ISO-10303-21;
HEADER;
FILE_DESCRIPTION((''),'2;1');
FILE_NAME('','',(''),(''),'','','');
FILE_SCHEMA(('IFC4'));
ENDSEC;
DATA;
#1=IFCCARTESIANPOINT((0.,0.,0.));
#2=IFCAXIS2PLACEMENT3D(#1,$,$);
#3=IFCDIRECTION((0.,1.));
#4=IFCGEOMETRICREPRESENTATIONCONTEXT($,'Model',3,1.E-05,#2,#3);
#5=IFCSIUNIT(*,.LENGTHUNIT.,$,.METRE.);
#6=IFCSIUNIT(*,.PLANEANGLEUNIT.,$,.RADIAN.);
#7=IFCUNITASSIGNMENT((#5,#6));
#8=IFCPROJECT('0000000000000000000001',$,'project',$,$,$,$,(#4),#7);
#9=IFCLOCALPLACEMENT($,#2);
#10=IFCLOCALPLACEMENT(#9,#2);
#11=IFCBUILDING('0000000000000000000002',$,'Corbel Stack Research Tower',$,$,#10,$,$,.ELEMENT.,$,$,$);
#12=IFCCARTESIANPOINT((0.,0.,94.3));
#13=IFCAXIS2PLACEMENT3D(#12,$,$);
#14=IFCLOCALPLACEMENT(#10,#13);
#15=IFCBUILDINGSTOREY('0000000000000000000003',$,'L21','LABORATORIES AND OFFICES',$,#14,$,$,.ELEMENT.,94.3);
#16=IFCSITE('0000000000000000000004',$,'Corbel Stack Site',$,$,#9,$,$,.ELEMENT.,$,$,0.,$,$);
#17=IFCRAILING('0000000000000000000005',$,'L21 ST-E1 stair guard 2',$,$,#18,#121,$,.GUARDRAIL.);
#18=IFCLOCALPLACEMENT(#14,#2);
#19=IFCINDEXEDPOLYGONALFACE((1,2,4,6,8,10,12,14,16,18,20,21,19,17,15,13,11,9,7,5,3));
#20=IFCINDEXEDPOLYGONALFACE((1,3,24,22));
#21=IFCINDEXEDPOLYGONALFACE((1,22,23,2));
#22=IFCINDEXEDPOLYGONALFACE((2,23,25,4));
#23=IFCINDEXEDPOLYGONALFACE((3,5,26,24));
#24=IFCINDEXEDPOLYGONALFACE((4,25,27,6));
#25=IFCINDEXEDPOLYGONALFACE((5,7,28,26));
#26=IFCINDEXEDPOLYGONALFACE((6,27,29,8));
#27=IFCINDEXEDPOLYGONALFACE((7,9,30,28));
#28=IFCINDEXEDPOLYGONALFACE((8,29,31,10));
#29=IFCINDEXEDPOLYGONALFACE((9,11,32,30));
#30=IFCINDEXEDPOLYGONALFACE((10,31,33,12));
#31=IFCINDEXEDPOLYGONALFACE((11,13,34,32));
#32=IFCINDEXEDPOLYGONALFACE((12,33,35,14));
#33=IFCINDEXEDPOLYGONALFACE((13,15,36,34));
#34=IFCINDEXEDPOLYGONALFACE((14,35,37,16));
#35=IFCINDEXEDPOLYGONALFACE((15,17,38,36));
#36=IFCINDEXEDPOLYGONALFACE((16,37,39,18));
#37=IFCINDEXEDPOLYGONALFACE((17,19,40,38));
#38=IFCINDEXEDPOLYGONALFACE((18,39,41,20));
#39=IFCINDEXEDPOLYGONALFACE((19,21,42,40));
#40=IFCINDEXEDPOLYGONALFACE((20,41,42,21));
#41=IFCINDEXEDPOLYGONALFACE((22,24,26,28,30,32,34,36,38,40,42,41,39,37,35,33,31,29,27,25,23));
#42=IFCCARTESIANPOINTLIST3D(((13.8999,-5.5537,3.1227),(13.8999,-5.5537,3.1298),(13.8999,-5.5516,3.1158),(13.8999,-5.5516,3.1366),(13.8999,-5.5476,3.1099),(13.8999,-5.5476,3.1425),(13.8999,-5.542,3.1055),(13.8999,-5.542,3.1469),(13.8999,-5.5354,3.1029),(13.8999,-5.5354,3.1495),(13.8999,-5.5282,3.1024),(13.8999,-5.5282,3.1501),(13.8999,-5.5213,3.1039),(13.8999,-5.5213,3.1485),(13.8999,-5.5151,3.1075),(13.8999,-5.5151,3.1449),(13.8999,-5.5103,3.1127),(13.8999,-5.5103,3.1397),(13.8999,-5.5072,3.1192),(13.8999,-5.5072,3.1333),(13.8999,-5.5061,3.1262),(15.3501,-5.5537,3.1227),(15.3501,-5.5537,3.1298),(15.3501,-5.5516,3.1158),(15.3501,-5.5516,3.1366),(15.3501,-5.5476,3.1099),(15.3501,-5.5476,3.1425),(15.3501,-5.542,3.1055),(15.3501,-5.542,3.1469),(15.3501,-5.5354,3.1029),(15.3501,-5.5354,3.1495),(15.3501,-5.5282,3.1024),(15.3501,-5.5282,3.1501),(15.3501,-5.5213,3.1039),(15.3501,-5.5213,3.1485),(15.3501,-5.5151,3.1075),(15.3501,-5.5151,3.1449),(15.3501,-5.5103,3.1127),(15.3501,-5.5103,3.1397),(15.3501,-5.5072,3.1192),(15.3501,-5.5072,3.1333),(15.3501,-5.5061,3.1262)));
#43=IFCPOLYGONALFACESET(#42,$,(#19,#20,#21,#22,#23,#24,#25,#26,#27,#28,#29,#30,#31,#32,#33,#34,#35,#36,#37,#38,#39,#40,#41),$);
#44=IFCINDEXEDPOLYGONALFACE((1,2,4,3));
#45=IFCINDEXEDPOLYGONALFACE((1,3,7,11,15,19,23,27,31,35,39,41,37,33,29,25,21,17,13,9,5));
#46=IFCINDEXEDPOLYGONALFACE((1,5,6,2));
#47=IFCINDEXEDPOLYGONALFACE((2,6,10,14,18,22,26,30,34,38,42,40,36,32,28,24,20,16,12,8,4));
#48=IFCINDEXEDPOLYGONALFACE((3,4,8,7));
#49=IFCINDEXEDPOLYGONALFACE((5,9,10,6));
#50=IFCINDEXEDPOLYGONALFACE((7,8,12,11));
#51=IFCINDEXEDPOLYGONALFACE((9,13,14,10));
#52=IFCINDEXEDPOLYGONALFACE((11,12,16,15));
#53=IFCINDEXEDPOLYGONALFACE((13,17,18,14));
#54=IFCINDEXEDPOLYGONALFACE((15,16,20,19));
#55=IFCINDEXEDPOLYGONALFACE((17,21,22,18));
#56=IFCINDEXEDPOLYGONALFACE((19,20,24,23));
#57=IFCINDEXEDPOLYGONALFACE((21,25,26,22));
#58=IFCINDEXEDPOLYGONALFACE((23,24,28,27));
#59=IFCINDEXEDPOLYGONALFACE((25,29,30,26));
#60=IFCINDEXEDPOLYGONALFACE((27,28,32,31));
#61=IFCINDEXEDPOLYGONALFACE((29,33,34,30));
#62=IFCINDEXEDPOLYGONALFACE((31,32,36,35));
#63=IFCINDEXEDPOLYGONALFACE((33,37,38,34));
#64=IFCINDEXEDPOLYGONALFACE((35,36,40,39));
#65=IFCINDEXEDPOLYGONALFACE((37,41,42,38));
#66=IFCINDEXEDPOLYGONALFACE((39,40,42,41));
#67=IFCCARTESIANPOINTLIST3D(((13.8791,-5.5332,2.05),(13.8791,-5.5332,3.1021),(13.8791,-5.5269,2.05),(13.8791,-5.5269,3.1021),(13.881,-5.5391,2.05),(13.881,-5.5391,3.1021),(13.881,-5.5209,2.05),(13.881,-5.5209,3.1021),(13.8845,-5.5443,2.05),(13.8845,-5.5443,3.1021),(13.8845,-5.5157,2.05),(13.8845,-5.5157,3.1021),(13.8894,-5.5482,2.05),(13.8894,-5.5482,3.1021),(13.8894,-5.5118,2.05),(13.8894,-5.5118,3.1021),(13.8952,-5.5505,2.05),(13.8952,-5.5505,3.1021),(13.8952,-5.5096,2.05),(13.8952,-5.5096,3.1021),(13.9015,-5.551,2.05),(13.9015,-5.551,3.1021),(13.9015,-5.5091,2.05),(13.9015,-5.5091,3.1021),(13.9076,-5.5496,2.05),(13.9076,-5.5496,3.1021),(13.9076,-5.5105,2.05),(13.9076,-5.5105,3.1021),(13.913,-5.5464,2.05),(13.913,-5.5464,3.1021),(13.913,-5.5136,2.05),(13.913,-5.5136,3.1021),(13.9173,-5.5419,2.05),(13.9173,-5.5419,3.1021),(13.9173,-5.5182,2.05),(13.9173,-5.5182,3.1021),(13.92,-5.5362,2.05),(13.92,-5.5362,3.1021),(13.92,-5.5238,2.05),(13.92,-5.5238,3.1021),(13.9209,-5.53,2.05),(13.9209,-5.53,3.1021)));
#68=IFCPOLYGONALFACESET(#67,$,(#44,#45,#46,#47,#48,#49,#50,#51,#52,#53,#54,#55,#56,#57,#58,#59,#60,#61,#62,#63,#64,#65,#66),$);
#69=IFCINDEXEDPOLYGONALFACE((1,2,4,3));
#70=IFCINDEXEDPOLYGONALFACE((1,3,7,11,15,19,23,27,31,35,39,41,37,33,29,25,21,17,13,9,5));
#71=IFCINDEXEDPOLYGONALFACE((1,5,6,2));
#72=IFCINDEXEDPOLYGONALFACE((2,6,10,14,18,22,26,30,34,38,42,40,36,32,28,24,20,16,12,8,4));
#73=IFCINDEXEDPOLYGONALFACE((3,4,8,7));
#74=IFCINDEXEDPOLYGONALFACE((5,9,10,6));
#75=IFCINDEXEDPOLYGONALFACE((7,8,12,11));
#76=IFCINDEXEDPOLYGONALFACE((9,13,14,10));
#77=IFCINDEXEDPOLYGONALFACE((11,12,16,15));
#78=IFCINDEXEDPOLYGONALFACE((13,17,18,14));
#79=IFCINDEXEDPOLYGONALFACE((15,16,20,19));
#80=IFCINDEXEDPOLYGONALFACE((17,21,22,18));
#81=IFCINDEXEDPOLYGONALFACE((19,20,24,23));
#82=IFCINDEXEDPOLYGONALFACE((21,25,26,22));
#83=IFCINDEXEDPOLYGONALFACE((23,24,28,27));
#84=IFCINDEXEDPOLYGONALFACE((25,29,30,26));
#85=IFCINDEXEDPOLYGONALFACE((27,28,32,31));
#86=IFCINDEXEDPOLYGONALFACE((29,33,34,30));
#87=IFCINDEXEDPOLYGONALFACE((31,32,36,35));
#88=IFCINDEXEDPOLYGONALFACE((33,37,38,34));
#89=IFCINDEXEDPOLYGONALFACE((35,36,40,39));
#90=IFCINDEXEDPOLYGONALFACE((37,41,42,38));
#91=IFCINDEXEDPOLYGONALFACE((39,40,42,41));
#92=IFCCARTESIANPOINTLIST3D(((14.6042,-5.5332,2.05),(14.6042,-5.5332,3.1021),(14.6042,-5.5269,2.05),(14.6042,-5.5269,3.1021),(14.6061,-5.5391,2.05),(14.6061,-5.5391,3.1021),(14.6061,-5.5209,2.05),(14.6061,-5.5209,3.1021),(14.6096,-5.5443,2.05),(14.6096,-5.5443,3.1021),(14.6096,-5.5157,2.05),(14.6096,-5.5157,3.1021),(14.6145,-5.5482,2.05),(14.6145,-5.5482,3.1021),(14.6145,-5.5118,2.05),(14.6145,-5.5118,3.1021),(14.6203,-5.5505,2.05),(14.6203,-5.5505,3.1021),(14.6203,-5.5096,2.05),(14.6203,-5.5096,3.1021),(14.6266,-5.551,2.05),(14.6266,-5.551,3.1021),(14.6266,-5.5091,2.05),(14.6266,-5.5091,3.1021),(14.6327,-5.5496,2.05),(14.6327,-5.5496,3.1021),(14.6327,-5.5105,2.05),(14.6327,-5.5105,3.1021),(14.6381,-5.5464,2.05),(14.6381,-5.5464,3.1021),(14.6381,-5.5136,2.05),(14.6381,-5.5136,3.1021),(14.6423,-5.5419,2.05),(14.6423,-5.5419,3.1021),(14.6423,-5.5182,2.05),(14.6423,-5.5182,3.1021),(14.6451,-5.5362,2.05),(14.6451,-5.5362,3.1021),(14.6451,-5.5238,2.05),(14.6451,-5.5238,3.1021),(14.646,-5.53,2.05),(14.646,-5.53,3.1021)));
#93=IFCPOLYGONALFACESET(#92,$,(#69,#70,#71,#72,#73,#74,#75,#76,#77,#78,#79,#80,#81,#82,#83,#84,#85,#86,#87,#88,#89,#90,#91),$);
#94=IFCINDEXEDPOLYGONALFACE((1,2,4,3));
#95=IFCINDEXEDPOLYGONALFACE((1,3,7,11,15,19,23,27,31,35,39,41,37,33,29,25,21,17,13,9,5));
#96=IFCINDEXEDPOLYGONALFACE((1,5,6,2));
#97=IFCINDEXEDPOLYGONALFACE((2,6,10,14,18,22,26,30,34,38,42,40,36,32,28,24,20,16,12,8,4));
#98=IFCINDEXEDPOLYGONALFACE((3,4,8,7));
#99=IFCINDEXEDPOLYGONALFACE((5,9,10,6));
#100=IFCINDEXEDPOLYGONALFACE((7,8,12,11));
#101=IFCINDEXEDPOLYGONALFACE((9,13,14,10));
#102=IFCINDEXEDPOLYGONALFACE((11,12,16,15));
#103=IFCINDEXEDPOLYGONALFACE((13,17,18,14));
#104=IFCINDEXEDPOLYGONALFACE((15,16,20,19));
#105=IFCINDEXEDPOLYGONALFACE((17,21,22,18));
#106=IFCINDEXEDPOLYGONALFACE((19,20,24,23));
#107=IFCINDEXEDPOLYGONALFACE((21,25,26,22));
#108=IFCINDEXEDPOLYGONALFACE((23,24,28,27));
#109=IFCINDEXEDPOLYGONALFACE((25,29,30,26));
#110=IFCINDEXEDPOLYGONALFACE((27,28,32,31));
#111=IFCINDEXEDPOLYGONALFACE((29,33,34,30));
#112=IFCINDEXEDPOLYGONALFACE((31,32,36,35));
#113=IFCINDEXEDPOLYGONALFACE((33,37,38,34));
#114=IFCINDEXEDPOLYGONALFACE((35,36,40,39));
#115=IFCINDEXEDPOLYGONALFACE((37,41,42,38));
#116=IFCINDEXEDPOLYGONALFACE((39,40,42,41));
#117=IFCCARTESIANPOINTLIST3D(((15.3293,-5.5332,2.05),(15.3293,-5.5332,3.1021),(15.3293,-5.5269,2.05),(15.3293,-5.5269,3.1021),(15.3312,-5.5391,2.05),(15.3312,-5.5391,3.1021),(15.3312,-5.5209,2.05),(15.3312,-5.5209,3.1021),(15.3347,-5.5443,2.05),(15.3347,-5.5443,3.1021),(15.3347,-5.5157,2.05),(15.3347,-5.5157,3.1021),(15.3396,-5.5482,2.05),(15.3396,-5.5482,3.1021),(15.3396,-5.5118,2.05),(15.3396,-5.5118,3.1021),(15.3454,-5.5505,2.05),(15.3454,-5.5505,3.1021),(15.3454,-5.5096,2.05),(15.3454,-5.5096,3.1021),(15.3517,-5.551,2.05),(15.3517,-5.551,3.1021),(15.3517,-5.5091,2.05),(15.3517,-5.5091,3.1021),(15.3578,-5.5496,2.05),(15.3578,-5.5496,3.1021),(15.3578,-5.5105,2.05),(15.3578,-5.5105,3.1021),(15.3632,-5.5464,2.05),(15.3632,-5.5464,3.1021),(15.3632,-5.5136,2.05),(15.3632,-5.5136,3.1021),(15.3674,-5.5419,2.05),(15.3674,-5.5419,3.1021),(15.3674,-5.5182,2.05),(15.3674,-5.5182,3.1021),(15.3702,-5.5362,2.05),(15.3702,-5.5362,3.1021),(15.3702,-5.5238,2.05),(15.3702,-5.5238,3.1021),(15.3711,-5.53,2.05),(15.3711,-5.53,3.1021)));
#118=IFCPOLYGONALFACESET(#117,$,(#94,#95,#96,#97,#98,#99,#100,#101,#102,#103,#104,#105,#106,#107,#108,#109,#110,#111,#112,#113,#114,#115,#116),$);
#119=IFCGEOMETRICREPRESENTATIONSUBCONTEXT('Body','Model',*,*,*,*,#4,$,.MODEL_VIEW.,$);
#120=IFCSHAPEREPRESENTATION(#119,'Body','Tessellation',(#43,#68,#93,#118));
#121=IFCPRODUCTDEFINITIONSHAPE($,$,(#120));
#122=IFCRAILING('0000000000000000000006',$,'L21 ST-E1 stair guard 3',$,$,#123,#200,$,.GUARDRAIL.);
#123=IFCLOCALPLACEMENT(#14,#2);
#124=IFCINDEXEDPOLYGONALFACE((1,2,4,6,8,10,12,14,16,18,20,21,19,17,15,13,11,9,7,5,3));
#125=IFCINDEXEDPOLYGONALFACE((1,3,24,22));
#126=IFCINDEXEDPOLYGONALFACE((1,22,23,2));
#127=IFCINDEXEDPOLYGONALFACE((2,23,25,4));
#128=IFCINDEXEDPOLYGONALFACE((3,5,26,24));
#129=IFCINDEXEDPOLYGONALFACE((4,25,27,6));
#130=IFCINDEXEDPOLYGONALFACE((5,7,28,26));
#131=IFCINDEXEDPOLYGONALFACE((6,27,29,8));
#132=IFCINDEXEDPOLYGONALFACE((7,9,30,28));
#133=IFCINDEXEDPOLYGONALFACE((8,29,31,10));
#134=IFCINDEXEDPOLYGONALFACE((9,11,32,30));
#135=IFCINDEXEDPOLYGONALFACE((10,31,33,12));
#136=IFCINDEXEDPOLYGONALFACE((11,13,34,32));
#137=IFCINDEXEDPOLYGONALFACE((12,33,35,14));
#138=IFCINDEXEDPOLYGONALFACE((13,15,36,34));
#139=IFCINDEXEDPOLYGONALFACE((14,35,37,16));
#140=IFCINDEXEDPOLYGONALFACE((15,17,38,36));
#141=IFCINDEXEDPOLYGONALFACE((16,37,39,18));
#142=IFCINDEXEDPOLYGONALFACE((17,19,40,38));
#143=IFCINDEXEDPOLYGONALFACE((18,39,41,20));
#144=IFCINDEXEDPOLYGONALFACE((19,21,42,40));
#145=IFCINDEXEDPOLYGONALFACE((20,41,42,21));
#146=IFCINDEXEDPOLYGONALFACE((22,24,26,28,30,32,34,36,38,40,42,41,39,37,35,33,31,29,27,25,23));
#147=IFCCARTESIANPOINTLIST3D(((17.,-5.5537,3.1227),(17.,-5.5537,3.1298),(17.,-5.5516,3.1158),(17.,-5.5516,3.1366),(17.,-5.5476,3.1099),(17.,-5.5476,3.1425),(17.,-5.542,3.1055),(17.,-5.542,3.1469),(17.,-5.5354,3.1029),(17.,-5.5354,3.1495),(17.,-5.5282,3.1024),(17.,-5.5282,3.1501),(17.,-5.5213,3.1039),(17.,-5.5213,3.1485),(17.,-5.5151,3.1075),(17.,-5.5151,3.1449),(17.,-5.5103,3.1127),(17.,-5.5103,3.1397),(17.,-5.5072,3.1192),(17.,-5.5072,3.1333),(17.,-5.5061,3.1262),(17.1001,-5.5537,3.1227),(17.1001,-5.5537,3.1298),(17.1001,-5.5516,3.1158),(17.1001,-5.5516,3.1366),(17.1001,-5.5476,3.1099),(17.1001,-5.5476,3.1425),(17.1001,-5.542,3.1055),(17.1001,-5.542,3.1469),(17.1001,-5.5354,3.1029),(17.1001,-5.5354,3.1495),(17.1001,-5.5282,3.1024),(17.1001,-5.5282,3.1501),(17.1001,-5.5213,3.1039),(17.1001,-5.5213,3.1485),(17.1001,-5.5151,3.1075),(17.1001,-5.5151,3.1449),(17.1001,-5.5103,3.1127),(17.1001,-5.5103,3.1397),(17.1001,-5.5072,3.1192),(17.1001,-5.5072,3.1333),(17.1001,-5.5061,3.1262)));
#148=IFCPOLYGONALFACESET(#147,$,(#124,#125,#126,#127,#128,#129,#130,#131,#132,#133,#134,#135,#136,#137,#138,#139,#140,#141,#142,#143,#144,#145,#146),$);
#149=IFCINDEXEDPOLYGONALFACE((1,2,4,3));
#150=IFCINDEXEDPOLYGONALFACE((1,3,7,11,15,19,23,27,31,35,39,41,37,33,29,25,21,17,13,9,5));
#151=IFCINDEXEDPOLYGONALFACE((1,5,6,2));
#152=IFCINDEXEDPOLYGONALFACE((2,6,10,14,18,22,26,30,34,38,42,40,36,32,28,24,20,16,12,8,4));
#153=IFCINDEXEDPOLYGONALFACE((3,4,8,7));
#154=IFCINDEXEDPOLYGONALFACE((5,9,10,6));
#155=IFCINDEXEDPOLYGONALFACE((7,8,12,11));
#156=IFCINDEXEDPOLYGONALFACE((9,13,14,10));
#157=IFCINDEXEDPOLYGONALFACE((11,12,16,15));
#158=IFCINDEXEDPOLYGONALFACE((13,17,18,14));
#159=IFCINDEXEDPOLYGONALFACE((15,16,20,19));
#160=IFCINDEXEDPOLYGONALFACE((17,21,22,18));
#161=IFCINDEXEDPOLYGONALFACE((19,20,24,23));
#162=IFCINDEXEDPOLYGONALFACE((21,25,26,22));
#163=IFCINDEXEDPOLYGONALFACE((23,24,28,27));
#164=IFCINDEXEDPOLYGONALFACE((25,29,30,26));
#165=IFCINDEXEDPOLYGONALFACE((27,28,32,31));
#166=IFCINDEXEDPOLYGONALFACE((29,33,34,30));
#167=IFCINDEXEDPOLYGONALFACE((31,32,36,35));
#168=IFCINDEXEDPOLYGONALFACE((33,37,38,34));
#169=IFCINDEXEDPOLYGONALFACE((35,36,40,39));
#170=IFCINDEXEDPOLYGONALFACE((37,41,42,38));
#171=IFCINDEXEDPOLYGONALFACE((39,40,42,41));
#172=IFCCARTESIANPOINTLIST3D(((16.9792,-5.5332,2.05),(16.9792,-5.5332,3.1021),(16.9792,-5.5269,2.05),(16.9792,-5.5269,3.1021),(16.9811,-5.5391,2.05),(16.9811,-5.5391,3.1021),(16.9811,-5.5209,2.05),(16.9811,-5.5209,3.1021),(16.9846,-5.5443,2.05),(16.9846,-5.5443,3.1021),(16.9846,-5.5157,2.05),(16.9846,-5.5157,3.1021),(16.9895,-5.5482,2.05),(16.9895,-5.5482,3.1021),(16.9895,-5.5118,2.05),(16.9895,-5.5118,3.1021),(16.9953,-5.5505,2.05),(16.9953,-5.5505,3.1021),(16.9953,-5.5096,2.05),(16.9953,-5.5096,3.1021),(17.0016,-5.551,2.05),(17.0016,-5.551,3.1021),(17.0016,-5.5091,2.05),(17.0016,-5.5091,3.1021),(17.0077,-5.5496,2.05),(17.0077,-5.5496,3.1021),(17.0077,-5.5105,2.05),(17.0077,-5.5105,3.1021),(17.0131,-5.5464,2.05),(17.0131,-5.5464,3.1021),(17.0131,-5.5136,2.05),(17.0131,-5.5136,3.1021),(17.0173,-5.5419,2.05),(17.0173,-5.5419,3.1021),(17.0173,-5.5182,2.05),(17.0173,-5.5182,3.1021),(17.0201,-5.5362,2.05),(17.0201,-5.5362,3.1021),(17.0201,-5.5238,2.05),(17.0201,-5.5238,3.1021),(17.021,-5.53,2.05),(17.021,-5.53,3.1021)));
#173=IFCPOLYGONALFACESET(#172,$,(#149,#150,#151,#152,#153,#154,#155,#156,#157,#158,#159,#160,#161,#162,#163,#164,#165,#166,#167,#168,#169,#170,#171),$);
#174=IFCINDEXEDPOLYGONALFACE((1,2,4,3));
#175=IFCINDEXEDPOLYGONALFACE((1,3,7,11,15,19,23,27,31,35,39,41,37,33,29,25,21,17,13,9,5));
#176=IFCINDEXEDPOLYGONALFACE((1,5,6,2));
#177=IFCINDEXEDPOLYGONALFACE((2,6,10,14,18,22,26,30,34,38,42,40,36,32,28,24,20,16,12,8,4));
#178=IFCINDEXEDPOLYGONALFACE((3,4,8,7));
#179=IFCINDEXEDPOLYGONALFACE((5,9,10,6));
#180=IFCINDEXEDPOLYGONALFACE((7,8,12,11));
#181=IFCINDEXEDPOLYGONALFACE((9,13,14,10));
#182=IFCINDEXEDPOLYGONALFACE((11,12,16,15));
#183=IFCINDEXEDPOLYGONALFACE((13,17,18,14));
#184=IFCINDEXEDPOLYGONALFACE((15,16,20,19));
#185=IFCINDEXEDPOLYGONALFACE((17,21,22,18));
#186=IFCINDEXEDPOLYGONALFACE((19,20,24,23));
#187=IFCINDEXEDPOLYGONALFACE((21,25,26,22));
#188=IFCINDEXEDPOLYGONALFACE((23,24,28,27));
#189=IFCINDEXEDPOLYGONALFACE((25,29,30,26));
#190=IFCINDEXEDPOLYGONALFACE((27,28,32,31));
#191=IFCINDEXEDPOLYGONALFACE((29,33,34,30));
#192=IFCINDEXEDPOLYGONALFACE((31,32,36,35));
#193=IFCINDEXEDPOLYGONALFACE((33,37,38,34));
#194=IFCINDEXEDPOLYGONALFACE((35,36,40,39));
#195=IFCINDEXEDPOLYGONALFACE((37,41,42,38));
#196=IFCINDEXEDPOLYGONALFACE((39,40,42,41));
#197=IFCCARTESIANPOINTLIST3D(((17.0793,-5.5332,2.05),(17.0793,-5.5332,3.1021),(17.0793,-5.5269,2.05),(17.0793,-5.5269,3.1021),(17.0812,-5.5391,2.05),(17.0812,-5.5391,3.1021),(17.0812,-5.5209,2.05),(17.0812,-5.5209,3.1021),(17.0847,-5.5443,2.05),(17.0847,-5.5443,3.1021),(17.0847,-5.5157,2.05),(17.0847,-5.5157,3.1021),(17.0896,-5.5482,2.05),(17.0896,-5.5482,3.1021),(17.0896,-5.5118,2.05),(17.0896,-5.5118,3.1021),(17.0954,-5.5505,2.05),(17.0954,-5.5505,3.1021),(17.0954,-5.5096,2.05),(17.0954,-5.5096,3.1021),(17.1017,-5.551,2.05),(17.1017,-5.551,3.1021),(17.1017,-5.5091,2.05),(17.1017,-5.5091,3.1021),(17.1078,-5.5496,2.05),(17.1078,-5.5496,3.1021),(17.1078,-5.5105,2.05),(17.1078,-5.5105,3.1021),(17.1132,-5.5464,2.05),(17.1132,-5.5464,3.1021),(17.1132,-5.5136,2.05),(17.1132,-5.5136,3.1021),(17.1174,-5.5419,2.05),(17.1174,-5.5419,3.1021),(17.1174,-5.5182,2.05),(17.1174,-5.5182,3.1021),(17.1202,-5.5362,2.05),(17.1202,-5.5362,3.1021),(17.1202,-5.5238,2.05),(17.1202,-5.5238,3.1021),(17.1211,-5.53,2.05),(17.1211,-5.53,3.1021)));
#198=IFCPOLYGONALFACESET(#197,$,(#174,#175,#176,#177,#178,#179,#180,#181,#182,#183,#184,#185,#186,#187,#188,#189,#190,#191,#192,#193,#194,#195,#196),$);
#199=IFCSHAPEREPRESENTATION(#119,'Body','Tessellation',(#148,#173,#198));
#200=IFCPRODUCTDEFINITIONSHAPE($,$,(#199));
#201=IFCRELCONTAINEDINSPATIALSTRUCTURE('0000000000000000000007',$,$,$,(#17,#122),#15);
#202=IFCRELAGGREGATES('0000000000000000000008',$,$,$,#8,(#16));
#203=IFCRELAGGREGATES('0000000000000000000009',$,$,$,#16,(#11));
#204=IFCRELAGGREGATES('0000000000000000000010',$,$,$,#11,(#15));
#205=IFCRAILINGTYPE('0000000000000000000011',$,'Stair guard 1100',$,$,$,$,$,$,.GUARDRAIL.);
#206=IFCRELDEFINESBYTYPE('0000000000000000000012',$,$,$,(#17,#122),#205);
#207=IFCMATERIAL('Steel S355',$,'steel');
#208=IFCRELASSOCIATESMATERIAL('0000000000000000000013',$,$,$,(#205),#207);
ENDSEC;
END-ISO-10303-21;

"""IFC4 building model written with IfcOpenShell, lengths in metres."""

from ifc_helpers import new_model, si_unit, direction, frame, origin, origin_2d, place, context, subcontext, project, spatial, circle, extrude, material, type_object, element, save


model = new_model("IFC4")

# Units and contexts
model_context = context("Model", 3, precision=1e-05, world=origin(), true_north=direction((0.0, 1.0)))
body_context = subcontext(model_context, "Body", "Model", "MODEL_VIEW")
ifc_project = project(units=[si_unit("LENGTHUNIT", "METRE"), si_unit("PLANEANGLEUNIT", "RADIAN")], contexts=[model_context])

# Site, building, storey
site_placement = place(None, origin())
site = spatial("IfcSite", under=ifc_project, at=site_placement, Name="Corbel Stack Site", CompositionType="ELEMENT", RefElevation=0.0)
building_placement = place(site_placement, origin())
building = spatial("IfcBuilding", under=site, at=building_placement, Name="Corbel Stack Research Tower", CompositionType="ELEMENT")
storey_placement = place(building_placement, frame((0.0, 0.0, 94.3)))
storey = spatial("IfcBuildingStorey", under=building, at=storey_placement, Name="L21", Description="LABORATORIES AND OFFICES", CompositionType="ELEMENT", Elevation=94.3)

# Railings
ifc_material_1 = material(Name="Steel S355", Category="steel")
railing_type_1 = type_object("IfcRailingType", Name="Stair guard 1100", PredefinedType="GUARDRAIL", material=ifc_material_1)
railing_1_placement = place(storey_placement, frame((13.8999, -5.53, 2.05)))
element("IfcRailing", 1, at=railing_1_placement, inside=storey, type_object=railing_type_1, Name="L21 ST-E1 stair guard 2", PredefinedType="GUARDRAIL", context=body_context, shape_type="SweptSolid", body=[
    extrude(circle(Radius=0.0239, at=origin_2d()), frame((0.0, 0.0, 1.0762), z_axis=(1.0, 0.0, 0.0), x_axis=(0.0, 1.0, 0.0)), (0.0, 0.0, 1.0), 1.4502),
    extrude(circle(Radius=0.021, at=origin_2d()), origin(), (0.0, 0.0, 1.0), 1.052),
    extrude(circle(Radius=0.021, at=origin_2d()), frame((0.7251, 0.0, 0.0)), (0.0, 0.0, 1.0), 1.052),
    extrude(circle(Radius=0.021, at=origin_2d()), frame((1.4502, 0.0, 0.0)), (0.0, 0.0, 1.0), 1.052),
])
railing_2_placement = place(storey_placement, frame((17.0, -5.53, 2.05)))
element("IfcRailing", 2, at=railing_2_placement, inside=storey, type_object=railing_type_1, Name="L21 ST-E1 stair guard 3", PredefinedType="GUARDRAIL", context=body_context, shape_type="SweptSolid", body=[
    extrude(circle(Radius=0.0239, at=origin_2d()), frame((0.0, 0.0, 1.0762), z_axis=(1.0, 0.0, 0.0), x_axis=(0.0, 1.0, 0.0)), (0.0, 0.0, 1.0), 0.1001),
    extrude(circle(Radius=0.021, at=origin_2d()), origin(), (0.0, 0.0, 1.0), 1.052),
    extrude(circle(Radius=0.021, at=origin_2d()), frame((0.1001, 0.0, 0.0)), (0.0, 0.0, 1.0), 1.052),
])

save(model, "model.ifc")
